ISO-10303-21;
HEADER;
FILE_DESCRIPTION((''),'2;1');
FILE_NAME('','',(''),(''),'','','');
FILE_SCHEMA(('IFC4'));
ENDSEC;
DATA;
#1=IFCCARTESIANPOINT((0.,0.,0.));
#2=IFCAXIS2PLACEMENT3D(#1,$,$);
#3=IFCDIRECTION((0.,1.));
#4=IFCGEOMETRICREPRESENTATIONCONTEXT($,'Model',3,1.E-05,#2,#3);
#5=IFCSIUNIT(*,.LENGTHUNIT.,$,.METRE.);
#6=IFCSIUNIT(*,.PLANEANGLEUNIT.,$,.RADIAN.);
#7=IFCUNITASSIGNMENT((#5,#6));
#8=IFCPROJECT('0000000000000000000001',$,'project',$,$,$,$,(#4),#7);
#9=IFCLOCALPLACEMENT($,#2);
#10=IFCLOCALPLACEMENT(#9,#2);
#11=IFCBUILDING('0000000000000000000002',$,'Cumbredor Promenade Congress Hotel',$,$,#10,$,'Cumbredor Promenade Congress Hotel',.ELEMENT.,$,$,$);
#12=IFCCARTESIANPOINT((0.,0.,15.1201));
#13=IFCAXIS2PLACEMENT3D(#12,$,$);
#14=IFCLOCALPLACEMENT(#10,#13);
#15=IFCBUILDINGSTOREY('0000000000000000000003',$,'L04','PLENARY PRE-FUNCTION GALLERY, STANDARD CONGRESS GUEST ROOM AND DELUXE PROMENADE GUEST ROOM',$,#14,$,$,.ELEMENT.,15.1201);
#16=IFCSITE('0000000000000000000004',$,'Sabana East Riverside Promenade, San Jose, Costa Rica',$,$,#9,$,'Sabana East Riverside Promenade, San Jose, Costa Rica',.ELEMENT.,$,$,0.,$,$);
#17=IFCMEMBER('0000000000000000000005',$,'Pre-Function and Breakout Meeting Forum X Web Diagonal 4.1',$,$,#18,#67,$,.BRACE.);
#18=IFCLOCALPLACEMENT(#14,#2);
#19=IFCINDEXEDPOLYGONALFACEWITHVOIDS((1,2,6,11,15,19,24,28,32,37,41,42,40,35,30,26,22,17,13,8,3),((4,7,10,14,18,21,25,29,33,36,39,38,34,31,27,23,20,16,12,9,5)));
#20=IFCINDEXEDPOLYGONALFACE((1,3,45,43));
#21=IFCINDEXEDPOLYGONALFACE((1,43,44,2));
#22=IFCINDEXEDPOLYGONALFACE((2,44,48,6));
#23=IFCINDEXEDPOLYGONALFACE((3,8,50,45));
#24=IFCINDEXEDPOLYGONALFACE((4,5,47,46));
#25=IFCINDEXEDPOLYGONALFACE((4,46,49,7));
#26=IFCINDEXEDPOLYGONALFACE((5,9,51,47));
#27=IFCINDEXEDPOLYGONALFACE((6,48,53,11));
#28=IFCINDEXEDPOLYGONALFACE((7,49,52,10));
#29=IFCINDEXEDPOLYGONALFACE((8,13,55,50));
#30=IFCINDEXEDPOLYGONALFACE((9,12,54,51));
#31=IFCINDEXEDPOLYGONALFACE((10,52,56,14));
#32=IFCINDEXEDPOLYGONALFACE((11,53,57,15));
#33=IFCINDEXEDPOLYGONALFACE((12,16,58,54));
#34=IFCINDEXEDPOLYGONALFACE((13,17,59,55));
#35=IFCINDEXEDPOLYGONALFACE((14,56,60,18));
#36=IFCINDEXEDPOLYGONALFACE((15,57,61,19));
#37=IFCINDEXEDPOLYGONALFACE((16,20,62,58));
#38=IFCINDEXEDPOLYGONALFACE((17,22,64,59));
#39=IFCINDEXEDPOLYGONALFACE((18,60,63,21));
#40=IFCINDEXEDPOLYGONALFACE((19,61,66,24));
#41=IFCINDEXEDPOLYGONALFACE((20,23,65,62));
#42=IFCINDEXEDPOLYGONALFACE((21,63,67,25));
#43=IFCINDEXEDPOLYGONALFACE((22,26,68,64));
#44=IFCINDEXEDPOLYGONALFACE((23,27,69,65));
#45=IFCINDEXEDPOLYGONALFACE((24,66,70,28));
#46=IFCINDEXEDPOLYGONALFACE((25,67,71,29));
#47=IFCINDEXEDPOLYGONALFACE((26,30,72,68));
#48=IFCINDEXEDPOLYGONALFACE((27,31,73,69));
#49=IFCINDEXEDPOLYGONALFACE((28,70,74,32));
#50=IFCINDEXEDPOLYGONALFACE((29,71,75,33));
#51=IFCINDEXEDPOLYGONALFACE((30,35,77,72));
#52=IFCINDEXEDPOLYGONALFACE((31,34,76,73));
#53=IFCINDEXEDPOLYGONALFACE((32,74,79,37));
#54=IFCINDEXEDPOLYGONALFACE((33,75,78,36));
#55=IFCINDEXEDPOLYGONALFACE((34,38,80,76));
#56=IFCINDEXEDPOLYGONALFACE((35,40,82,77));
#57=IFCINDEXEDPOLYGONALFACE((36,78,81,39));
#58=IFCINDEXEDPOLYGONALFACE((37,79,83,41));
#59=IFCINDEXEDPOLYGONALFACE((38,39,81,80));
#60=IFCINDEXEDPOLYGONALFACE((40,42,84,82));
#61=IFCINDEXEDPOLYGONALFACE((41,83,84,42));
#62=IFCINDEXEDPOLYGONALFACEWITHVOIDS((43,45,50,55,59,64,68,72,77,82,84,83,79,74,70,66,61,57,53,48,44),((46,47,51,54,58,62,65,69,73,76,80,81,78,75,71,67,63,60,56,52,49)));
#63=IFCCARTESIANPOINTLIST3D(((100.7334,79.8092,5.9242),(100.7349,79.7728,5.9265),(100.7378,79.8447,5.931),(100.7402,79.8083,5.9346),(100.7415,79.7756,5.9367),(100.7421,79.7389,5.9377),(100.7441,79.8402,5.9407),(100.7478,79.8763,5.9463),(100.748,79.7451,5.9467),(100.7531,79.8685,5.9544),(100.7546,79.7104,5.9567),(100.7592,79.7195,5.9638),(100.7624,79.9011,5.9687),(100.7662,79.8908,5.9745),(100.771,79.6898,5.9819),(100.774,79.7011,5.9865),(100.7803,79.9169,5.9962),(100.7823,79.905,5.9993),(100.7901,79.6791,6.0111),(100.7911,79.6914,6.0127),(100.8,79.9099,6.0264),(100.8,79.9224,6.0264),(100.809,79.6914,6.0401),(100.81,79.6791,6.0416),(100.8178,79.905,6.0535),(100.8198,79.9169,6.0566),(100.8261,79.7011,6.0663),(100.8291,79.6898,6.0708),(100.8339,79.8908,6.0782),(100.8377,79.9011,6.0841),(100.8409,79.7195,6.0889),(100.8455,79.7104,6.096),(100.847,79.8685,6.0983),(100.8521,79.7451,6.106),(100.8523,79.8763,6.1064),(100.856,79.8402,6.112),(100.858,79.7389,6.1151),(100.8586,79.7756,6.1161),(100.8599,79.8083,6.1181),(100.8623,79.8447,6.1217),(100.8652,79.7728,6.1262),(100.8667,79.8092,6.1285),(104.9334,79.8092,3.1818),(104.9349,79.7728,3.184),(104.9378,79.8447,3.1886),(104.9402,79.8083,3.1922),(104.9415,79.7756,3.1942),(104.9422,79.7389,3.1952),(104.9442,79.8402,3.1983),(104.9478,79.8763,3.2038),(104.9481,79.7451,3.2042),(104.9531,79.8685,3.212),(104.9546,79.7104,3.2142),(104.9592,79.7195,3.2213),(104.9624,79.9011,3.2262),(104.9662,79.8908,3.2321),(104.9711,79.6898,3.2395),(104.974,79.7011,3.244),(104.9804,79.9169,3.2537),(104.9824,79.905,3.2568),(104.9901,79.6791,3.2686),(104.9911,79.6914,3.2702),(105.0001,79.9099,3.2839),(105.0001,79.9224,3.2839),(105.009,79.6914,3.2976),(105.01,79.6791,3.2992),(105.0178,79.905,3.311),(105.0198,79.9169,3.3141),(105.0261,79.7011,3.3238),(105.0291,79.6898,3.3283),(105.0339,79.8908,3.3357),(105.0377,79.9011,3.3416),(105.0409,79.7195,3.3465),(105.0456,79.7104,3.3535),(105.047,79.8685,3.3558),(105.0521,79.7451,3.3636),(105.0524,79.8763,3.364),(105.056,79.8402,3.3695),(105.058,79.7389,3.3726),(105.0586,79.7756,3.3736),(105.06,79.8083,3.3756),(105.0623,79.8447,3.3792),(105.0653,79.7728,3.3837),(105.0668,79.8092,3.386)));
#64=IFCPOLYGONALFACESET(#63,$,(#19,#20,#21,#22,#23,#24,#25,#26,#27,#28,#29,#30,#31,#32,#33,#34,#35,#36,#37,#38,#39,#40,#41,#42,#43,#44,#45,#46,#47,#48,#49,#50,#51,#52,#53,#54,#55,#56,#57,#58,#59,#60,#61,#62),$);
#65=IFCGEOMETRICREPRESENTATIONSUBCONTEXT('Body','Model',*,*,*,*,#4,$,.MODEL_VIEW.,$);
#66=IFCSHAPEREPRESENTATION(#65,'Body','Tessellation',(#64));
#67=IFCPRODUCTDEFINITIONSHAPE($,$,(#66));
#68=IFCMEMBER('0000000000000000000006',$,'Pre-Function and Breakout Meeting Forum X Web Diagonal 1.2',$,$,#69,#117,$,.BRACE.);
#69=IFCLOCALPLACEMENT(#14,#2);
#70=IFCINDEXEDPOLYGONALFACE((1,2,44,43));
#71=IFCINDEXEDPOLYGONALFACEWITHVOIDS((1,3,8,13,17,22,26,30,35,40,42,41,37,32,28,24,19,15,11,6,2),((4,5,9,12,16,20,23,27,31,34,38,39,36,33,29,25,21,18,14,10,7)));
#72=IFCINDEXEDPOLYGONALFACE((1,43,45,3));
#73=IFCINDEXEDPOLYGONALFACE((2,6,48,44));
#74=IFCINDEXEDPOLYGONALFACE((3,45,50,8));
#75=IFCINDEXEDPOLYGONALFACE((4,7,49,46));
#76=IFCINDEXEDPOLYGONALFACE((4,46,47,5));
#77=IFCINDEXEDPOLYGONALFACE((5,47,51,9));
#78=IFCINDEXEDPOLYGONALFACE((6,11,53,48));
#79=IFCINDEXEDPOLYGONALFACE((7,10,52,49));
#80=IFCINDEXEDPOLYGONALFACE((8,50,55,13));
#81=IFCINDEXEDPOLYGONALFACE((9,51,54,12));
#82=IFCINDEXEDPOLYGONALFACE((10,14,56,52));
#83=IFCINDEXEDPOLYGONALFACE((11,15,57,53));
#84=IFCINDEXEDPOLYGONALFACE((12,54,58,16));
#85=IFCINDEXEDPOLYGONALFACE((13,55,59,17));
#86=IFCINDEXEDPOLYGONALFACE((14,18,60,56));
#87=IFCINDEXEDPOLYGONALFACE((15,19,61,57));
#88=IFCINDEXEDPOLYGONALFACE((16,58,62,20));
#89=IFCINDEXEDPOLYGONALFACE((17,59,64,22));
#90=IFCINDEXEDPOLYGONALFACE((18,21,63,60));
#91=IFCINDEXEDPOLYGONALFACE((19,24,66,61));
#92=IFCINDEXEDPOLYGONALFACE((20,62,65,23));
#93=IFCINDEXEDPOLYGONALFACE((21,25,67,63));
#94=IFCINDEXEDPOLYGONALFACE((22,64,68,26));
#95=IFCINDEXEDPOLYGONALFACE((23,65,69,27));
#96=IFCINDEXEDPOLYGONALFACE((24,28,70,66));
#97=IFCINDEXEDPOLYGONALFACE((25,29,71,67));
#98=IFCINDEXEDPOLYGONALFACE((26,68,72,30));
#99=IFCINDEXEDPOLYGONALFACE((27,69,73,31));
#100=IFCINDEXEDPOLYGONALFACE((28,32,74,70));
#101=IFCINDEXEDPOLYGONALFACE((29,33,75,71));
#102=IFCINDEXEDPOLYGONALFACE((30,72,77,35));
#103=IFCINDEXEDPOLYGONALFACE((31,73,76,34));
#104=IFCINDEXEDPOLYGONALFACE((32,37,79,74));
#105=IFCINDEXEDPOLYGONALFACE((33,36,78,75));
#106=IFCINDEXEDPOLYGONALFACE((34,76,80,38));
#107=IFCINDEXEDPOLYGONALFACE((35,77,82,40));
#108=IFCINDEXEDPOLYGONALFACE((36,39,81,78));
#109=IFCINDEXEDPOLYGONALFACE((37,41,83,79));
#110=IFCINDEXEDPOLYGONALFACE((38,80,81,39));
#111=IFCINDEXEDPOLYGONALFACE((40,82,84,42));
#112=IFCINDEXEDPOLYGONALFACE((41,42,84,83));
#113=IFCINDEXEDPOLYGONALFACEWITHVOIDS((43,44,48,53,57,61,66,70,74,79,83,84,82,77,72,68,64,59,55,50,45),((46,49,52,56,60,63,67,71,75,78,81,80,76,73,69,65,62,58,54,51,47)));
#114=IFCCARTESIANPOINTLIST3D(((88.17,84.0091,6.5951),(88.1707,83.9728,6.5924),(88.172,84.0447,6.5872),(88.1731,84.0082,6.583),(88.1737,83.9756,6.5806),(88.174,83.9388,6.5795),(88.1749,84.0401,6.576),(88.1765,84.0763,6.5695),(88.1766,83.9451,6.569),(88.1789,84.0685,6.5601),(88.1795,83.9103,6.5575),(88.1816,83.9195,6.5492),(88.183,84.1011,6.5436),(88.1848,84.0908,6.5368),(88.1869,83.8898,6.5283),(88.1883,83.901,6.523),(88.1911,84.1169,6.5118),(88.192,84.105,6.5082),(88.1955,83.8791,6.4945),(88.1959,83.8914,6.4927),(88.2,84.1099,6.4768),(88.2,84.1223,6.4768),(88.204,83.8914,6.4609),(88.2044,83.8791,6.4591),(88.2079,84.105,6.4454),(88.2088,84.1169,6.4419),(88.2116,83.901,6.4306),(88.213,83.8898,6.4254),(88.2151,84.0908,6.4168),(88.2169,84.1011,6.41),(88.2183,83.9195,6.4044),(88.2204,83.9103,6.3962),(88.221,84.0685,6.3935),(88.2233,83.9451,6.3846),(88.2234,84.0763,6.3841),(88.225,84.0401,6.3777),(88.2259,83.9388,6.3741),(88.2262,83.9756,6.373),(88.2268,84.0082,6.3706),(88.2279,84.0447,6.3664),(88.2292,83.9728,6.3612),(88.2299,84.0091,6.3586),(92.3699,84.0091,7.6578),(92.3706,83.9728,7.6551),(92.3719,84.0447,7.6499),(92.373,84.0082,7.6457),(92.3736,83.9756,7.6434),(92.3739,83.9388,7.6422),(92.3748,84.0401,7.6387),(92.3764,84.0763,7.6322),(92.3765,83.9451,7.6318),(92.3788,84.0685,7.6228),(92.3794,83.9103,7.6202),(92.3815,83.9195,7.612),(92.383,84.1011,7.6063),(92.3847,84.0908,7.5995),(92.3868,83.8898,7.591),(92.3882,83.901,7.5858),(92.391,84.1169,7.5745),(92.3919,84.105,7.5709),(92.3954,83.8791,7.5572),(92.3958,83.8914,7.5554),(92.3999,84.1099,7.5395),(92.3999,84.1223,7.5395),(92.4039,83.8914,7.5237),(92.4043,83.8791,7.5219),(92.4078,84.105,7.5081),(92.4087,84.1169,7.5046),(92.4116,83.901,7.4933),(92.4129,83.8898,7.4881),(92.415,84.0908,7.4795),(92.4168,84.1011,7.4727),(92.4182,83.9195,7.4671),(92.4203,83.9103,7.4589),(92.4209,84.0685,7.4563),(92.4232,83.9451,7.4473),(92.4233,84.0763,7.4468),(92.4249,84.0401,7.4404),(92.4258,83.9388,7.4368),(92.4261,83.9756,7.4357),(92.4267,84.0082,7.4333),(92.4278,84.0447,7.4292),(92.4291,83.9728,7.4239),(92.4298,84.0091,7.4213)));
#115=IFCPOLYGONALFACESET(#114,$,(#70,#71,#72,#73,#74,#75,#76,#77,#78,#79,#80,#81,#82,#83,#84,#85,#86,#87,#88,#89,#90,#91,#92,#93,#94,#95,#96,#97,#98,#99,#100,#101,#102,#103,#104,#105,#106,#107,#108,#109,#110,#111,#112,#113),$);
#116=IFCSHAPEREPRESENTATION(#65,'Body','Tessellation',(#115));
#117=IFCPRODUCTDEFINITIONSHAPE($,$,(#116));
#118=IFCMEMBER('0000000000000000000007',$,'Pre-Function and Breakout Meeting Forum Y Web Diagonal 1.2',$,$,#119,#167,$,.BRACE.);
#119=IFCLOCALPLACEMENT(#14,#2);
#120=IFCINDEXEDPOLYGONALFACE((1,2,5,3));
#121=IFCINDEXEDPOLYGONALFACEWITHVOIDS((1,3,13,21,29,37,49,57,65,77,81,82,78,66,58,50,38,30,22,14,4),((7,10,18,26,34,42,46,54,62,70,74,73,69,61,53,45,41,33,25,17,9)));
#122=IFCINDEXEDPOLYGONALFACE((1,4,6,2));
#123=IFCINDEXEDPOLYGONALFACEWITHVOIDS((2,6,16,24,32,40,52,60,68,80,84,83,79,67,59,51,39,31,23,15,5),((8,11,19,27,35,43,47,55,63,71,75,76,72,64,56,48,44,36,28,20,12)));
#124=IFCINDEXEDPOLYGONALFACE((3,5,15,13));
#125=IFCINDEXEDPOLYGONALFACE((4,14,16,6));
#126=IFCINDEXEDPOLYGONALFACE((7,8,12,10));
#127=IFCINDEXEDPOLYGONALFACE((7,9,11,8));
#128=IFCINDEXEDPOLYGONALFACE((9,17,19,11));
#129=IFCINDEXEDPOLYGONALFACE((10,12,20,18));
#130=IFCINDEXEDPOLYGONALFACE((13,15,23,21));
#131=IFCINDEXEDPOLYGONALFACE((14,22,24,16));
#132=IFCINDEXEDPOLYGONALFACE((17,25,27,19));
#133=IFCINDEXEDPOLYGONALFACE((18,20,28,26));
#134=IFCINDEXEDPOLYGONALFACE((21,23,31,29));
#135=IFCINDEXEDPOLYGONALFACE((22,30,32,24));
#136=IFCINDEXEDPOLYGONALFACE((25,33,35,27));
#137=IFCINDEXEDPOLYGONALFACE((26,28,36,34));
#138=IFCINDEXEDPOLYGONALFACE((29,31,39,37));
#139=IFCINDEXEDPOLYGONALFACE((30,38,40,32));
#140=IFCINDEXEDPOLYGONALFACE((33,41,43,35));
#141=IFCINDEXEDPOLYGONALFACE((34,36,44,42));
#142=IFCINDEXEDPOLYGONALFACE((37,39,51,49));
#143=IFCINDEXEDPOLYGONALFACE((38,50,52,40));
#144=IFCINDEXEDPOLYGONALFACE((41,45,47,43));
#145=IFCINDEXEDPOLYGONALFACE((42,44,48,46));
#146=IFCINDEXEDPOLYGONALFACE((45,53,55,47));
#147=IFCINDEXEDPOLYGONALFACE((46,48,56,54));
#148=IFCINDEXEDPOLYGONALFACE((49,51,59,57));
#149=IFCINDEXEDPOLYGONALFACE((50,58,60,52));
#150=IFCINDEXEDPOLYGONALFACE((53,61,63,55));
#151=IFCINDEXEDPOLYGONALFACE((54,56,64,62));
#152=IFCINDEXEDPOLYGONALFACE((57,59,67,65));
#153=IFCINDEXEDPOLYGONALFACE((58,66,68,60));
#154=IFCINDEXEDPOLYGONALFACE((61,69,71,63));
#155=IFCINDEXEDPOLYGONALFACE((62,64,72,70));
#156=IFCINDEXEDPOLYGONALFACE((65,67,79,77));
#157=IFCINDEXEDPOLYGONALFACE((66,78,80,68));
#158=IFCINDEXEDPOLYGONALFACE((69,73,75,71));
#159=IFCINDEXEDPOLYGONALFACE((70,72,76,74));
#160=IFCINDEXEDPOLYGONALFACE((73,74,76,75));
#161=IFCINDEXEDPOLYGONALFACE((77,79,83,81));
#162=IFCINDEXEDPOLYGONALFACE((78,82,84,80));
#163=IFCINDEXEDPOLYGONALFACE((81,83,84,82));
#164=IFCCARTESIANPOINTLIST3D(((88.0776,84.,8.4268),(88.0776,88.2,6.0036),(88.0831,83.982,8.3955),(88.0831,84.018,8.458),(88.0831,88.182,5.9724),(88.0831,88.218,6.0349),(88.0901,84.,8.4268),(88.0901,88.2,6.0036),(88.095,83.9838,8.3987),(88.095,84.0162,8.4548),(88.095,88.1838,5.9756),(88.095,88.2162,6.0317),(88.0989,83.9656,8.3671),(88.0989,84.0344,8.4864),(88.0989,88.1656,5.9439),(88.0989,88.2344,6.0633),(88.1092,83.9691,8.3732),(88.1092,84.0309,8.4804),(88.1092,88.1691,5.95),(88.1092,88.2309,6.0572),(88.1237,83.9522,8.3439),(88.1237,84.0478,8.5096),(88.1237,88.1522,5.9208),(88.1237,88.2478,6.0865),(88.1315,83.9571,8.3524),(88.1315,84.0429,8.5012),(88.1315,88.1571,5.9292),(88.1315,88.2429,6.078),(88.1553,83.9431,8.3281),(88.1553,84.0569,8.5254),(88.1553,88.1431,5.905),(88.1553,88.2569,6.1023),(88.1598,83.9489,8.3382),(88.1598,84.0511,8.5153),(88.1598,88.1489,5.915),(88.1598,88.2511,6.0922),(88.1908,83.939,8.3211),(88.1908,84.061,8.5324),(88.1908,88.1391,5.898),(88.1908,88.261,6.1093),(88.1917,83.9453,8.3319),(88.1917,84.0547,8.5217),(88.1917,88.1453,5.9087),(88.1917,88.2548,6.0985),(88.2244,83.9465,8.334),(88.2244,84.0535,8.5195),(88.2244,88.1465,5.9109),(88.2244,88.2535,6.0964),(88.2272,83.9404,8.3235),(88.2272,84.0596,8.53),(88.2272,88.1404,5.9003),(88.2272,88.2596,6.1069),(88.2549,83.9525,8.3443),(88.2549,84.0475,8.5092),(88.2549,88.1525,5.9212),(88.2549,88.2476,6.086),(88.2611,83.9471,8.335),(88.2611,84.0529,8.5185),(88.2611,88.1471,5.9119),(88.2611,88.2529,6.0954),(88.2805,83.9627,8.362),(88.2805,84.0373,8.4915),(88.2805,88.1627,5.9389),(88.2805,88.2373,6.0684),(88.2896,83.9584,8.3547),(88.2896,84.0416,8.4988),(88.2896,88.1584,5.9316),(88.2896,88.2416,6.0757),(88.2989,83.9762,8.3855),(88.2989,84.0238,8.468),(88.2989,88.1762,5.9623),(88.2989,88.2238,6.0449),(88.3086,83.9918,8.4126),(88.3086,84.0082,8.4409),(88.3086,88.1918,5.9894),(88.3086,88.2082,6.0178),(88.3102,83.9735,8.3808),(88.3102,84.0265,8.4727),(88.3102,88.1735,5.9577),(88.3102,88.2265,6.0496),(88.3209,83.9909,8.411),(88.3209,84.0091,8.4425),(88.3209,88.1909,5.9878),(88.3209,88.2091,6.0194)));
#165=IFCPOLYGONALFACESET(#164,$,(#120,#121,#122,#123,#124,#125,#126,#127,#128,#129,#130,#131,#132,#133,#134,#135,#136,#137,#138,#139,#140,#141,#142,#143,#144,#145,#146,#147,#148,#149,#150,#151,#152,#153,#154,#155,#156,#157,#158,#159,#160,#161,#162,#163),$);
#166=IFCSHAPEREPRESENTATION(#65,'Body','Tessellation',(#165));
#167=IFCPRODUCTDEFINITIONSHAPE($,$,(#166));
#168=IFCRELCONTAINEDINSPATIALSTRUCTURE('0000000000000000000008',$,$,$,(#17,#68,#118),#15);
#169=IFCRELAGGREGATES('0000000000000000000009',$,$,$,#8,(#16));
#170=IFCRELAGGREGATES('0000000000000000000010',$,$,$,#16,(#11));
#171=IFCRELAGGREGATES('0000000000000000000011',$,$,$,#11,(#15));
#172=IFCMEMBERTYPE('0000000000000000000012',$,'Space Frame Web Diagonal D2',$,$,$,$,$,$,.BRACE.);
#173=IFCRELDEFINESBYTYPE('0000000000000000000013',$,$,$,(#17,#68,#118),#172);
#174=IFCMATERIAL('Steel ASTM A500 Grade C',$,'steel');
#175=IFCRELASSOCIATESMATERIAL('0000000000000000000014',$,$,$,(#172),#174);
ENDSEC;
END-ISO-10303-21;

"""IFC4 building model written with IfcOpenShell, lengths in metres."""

from ifc_helpers import new_model, si_unit, direction, frame, origin, origin_2d, place, context, subcontext, project, spatial, hollow_circle, extrude, material, material_profile, profile_set, type_object, element, save


model = new_model("IFC4")

# Units and contexts
model_context = context("Model", 3, precision=1e-05, world=origin(), true_north=direction((0.0, 1.0)))
body_context = subcontext(model_context, "Body", "Model", "MODEL_VIEW")
ifc_project = project(units=[si_unit("LENGTHUNIT", "METRE"), si_unit("PLANEANGLEUNIT", "RADIAN")], contexts=[model_context])

# Site, building, storey
site_placement = place(None, origin())
site = spatial("IfcSite", under=ifc_project, at=site_placement, Name="Sabana East Riverside Promenade, San Jose, Costa Rica", LongName="Sabana East Riverside Promenade, San Jose, Costa Rica", CompositionType="ELEMENT", RefElevation=0.0)
building_placement = place(site_placement, origin())
building = spatial("IfcBuilding", under=site, at=building_placement, Name="Cumbredor Promenade Congress Hotel", LongName="Cumbredor Promenade Congress Hotel", CompositionType="ELEMENT")
storey_placement = place(building_placement, frame((0.0, 0.0, 15.1201)))
storey = spatial("IfcBuildingStorey", under=building, at=storey_placement, Name="L04", Description="PLENARY PRE-FUNCTION GALLERY, STANDARD CONGRESS GUEST ROOM AND DELUXE PROMENADE GUEST ROOM", CompositionType="ELEMENT", Elevation=15.1201)

# Members
ifc_material_1 = material(Name="Steel ASTM A500 Grade C", Category="steel")
ifc_material_profile_1 = material_profile(ifc_material_1, hollow_circle(Radius=0.1223, WallThickness=0.0125, at=origin_2d()), Name="CHS 244.5x12.5")
ifc_profile_set_1 = profile_set([ifc_material_profile_1], Name="Steel ASTM A500 Grade C")
member_type_1 = type_object("IfcMemberType", Name="Space Frame Web Diagonal D2", PredefinedType="BRACE", material=ifc_profile_set_1)
member_1_placement = place(storey_placement, frame((100.8, 79.8, 6.0264), z_axis=(0.837306, 0.0, -0.546734), x_axis=(0.0, 1.0, 0.0)))
element("IfcMember", 1, at=member_1_placement, inside=storey, type_object=member_type_1, Name="Pre-Function and Breakout Meeting Forum X Web Diagonal 4.1", PredefinedType="BRACE", context=body_context, shape_type="SweptSolid", body=[
    extrude(hollow_circle(Radius=0.1223, WallThickness=0.0125, at=origin_2d()), origin(), (0.0, 0.0, 1.0), 5.0161),
])
member_2_placement = place(storey_placement, frame((88.2, 84.0, 6.4768), z_axis=(0.969446, 0.0, 0.245306), x_axis=(0.0, 1.0, 0.0)))
element("IfcMember", 2, at=member_2_placement, inside=storey, type_object=member_type_1, Name="Pre-Function and Breakout Meeting Forum X Web Diagonal 1.2", PredefinedType="BRACE", context=body_context, shape_type="SweptSolid", body=[
    extrude(hollow_circle(Radius=0.1223, WallThickness=0.0125, at=origin_2d()), origin(), (0.0, 0.0, 1.0), 4.3323),
])
member_3_placement = place(storey_placement, frame((88.2, 84.0, 8.4268), z_axis=(0.0, 0.866181, -0.49973), x_axis=(-1.0, 0.0, 0.0)))
element("IfcMember", 3, at=member_3_placement, inside=storey, type_object=member_type_1, Name="Pre-Function and Breakout Meeting Forum Y Web Diagonal 1.2", PredefinedType="BRACE", context=body_context, shape_type="SweptSolid", body=[
    extrude(hollow_circle(Radius=0.1223, WallThickness=0.0125, at=origin_2d()), origin(), (0.0, 0.0, 1.0), 4.8489),
])

save(model, "model.ifc")
